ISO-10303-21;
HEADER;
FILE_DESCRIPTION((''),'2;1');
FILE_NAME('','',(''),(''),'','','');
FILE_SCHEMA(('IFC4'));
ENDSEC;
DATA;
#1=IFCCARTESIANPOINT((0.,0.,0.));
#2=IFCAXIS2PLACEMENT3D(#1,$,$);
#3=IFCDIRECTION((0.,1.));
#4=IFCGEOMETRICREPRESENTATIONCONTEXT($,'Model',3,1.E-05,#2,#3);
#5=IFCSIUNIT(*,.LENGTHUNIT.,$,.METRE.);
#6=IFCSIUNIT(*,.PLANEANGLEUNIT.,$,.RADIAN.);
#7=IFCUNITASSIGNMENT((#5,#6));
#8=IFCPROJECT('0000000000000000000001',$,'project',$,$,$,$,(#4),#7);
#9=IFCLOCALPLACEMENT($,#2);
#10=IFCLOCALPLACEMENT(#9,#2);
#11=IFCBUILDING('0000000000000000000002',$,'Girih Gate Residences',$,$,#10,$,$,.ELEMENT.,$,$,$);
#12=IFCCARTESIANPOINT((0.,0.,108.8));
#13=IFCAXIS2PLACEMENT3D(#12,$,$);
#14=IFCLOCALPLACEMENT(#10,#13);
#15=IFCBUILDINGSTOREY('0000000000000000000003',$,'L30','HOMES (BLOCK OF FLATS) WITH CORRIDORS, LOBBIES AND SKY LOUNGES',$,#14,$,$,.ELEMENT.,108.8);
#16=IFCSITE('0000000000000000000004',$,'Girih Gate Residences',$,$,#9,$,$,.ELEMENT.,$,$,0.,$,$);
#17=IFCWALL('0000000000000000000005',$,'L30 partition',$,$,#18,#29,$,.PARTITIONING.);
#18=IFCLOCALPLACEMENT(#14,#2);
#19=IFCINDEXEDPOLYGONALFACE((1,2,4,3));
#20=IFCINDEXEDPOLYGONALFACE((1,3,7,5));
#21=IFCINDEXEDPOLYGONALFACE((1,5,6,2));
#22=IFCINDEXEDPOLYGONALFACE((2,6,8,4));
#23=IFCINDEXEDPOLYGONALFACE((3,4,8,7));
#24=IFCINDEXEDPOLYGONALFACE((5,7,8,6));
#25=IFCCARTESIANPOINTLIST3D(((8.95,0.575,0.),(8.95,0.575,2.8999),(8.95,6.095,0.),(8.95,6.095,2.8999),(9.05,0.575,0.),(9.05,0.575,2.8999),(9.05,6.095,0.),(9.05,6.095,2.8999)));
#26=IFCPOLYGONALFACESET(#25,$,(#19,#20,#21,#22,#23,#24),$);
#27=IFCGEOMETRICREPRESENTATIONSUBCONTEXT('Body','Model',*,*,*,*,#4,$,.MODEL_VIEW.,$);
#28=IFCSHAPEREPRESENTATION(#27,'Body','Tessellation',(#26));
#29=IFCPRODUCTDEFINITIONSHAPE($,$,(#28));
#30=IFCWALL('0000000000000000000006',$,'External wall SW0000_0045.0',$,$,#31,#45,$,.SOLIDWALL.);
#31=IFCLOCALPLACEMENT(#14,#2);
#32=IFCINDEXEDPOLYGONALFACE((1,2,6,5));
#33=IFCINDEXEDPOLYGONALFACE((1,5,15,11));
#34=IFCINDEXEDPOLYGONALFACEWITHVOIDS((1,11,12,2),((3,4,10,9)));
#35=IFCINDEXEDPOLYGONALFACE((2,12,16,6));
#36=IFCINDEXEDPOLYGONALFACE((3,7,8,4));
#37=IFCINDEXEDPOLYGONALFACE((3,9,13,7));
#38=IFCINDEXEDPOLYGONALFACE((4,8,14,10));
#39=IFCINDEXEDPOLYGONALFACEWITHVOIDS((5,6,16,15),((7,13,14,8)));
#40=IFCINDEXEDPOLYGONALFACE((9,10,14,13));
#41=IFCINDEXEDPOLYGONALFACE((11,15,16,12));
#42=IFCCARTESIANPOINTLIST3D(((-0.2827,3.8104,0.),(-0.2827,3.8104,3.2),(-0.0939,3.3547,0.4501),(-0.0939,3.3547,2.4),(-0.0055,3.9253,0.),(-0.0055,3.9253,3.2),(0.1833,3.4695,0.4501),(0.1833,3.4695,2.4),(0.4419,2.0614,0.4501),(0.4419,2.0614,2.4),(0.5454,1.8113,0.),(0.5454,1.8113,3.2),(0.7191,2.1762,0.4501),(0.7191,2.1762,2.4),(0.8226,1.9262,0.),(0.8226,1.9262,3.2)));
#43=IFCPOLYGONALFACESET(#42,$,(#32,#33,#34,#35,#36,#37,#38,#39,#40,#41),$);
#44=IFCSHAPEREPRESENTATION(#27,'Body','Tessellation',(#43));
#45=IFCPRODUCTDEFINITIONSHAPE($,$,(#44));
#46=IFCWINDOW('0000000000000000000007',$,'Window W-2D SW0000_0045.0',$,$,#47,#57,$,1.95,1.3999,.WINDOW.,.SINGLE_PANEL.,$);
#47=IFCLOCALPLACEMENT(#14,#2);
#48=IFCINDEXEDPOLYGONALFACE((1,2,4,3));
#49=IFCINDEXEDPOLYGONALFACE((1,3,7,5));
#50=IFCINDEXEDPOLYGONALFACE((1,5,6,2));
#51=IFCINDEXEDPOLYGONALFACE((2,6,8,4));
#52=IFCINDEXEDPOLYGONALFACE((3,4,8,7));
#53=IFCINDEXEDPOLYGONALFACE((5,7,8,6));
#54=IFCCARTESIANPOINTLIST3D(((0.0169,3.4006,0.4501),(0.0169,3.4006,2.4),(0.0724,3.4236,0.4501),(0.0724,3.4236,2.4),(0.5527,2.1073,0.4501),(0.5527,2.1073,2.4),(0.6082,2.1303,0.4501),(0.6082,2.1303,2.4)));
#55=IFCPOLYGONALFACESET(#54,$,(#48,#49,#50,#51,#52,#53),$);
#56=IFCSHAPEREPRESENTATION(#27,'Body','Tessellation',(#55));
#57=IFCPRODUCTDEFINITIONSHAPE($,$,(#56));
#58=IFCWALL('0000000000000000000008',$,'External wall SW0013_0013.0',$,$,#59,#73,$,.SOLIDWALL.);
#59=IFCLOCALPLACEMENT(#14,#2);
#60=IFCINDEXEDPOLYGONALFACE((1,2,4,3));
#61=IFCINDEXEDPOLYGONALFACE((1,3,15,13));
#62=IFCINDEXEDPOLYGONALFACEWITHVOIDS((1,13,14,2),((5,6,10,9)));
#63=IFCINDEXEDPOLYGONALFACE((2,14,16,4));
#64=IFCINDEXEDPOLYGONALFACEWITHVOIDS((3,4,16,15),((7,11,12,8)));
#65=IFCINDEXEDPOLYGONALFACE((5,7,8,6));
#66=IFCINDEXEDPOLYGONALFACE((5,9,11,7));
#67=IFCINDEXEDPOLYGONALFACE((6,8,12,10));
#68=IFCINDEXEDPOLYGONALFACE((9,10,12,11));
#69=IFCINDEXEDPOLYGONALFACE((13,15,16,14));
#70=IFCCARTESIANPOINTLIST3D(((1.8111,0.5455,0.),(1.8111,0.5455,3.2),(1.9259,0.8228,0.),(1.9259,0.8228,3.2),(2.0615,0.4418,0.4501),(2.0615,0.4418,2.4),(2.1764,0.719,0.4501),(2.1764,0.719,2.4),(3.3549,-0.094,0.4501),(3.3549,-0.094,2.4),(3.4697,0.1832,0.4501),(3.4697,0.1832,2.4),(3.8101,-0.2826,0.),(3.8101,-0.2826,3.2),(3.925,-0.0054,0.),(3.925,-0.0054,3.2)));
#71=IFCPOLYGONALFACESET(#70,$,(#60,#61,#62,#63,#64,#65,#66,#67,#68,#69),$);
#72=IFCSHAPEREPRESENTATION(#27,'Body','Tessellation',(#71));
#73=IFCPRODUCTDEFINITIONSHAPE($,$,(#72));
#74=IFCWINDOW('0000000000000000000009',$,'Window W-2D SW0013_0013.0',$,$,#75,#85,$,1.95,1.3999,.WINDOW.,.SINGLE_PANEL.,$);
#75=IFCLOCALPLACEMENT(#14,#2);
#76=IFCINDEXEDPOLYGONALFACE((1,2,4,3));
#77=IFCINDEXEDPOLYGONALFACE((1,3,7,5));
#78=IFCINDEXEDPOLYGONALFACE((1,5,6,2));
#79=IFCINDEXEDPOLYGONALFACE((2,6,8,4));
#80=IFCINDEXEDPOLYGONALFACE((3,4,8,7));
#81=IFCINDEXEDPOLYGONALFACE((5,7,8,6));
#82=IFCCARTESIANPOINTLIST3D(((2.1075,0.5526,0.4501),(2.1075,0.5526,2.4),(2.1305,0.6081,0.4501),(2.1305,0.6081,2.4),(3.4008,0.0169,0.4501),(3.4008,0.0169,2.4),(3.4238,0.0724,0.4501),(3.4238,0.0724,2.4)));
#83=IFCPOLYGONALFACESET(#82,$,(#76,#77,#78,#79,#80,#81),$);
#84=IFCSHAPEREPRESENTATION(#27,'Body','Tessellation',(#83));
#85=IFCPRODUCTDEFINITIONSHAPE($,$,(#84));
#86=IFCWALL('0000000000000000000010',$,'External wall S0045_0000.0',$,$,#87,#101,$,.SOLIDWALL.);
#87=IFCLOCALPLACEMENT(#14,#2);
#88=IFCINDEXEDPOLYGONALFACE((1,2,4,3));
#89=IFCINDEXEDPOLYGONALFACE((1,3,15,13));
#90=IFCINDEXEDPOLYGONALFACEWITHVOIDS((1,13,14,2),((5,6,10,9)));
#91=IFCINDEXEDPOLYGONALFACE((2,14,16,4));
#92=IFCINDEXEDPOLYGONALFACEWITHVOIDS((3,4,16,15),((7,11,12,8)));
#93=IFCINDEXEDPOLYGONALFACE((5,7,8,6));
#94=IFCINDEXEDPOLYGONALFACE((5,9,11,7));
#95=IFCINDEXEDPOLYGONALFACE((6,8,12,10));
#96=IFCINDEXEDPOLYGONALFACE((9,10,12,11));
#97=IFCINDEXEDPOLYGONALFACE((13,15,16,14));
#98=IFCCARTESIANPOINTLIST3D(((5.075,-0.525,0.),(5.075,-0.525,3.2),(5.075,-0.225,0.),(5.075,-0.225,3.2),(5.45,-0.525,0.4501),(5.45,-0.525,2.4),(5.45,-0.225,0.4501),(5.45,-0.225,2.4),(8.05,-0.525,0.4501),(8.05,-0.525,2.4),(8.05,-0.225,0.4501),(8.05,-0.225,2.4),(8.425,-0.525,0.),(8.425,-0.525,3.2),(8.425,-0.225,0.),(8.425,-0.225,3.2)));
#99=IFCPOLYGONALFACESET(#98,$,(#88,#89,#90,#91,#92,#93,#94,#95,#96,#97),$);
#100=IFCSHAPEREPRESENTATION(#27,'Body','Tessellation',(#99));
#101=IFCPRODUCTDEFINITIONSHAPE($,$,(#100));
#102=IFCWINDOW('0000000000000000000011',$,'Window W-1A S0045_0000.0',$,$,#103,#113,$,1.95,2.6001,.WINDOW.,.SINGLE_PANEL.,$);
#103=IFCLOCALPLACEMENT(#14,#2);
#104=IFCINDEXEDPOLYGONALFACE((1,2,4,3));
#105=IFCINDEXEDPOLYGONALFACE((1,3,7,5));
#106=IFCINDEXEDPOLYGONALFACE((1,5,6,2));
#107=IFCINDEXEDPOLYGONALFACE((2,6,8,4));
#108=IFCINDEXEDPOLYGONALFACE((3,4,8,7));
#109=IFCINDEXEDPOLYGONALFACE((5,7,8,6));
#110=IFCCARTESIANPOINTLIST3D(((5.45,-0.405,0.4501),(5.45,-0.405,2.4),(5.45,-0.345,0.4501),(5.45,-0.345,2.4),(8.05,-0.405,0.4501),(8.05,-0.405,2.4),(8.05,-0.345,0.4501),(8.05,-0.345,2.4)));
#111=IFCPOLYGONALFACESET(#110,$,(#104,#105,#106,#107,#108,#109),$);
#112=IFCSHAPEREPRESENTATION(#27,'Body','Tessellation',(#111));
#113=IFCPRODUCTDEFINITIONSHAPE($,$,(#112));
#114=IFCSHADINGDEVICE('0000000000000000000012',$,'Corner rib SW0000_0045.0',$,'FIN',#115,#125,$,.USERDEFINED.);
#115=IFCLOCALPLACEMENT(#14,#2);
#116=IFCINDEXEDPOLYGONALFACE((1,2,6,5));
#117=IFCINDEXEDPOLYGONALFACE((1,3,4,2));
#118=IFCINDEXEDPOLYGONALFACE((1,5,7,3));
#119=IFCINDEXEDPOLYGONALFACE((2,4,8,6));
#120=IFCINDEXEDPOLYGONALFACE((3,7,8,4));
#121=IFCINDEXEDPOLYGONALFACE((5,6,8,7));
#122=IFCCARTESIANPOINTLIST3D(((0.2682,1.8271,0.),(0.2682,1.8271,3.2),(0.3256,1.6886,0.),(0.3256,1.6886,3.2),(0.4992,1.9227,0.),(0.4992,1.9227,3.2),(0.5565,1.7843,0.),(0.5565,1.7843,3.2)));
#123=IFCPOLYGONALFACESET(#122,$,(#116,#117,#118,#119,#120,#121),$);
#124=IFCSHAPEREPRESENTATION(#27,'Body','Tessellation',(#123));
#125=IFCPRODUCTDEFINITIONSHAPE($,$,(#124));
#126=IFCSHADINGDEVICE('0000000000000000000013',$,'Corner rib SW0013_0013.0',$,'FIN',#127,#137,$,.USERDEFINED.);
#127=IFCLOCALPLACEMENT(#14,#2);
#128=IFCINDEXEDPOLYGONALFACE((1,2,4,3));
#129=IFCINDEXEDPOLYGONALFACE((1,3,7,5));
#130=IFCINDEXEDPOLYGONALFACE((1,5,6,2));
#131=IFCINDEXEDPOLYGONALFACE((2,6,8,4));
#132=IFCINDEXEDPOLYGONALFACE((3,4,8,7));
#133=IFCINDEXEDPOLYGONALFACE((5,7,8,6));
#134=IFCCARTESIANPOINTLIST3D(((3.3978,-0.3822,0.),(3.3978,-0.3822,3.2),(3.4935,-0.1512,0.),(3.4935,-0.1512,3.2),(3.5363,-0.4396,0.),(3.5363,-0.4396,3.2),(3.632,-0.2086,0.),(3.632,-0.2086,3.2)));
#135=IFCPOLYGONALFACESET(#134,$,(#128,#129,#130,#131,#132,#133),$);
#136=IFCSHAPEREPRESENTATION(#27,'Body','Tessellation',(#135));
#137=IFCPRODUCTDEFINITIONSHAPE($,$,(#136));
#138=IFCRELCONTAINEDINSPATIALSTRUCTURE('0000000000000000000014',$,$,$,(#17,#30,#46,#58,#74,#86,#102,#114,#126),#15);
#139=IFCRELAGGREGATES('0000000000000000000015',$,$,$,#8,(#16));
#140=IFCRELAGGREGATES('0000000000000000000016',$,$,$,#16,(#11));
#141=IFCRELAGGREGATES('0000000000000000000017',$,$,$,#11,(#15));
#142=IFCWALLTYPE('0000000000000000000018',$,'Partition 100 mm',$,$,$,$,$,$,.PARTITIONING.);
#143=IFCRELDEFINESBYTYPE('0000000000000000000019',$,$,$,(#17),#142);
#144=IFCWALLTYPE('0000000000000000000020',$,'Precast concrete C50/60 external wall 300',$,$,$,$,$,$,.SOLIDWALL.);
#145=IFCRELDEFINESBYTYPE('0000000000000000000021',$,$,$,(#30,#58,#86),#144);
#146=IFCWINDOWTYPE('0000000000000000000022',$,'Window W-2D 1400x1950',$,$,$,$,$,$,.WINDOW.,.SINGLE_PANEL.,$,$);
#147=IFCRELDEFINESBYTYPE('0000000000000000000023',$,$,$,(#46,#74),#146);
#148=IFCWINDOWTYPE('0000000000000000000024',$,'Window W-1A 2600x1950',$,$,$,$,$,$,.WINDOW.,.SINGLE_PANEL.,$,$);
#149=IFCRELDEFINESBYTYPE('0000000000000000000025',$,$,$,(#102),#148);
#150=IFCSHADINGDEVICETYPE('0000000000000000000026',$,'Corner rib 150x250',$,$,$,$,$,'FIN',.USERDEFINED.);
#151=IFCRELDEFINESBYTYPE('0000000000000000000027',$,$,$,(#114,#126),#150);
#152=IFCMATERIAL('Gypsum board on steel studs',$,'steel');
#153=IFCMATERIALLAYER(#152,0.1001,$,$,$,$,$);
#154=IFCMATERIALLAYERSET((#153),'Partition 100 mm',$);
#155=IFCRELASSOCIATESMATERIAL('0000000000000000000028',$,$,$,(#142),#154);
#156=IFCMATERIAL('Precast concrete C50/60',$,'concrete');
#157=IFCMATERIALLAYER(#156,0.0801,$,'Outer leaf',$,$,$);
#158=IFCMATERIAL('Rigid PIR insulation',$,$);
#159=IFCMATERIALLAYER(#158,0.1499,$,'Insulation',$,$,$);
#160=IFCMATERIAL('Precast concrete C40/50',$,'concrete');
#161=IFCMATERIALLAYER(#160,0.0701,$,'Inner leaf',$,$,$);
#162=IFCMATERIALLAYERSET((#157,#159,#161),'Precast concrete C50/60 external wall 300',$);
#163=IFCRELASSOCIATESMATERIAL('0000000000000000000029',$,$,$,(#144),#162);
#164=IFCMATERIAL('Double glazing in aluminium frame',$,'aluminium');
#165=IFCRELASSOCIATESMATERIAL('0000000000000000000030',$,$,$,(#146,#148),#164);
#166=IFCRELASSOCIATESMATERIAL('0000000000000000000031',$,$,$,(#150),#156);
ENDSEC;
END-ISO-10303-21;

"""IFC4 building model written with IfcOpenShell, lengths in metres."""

from ifc_helpers import new_model, si_unit, direction, frame, frame_2d, origin, origin_2d, place, context, subcontext, project, spatial, rectangle, extrude, material, layer, layer_set, type_object, element, fill, save


model = new_model("IFC4")

# Units and contexts
model_context = context("Model", 3, precision=1e-05, world=origin(), true_north=direction((0.0, 1.0)))
body_context = subcontext(model_context, "Body", "Model", "MODEL_VIEW")
ifc_project = project(units=[si_unit("LENGTHUNIT", "METRE"), si_unit("PLANEANGLEUNIT", "RADIAN")], contexts=[model_context])

# Site, building, storey
site_placement = place(None, origin())
site = spatial("IfcSite", under=ifc_project, at=site_placement, Name="Girih Gate Residences", CompositionType="ELEMENT", RefElevation=0.0)
building_placement = place(site_placement, origin())
building = spatial("IfcBuilding", under=site, at=building_placement, Name="Girih Gate Residences", CompositionType="ELEMENT")
storey_placement = place(building_placement, frame((0.0, 0.0, 108.8)))
storey = spatial("IfcBuildingStorey", under=building, at=storey_placement, Name="L30", Description="HOMES (BLOCK OF FLATS) WITH CORRIDORS, LOBBIES AND SKY LOUNGES", CompositionType="ELEMENT", Elevation=108.8)

# Wall
ifc_material_1 = material(Name="Gypsum board on steel studs", Category="steel")
ifc_layer_1 = layer(ifc_material_1, 0.1001)
ifc_layer_set_1 = layer_set([ifc_layer_1], Name="Partition 100 mm")
wall_type_1 = type_object("IfcWallType", Name="Partition 100 mm", PredefinedType="PARTITIONING", material=ifc_layer_set_1)
wall_1_placement = place(storey_placement, frame((9.0, 0.575, 0.0), z_axis=(0.0, 0.0, 1.0), x_axis=(0.0, 1.0, 0.0)))
element("IfcWall", 1, at=wall_1_placement, inside=storey, type_object=wall_type_1, Name="L30 partition", PredefinedType="PARTITIONING", context=body_context, shape_type="SweptSolid", body=[
    extrude(rectangle(XDim=5.52, YDim=0.1001, at=frame_2d((2.76, 0.0))), origin(), (0.0, 0.0, 1.0), 2.8999),
])

# Walls, openings, windows
ifc_material_2 = material(Name="Precast concrete C50/60", Category="concrete")
ifc_layer_2 = layer(ifc_material_2, 0.0801, Name="Outer leaf")
ifc_material_3 = material(Name="Rigid PIR insulation")
ifc_layer_3 = layer(ifc_material_3, 0.1499, Name="Insulation")
ifc_material_4 = material(Name="Precast concrete C40/50", Category="concrete")
ifc_layer_4 = layer(ifc_material_4, 0.0701, Name="Inner leaf")
ifc_layer_set_2 = layer_set([ifc_layer_2, ifc_layer_3, ifc_layer_4], Name="Precast concrete C50/60 external wall 300")
wall_type_2 = type_object("IfcWallType", Name="Precast concrete C50/60 external wall 300", PredefinedType="SOLIDWALL", material=ifc_layer_set_2)
wall_2_placement = place(storey_placement, frame((0.6841, 1.8687, 0.0), z_axis=(0.0, 0.0, 1.0), x_axis=(-0.382724, 0.923863, 0.0)))
wall_2 = element("IfcWall", 2, at=wall_2_placement, inside=storey, type_object=wall_type_2, Name="External wall SW0000_0045.0", PredefinedType="SOLIDWALL", context=body_context, shape_type="SweptSolid", body=[
    extrude(rectangle(XDim=2.1638, YDim=0.3, at=frame_2d((1.082, 0.0))), origin(), (0.0, 0.0, 1.0), 3.2),
])
opening_1_placement = place(wall_2_placement, frame((0.2708, 0.0, 0.45)))
opening_1 = element("IfcOpeningElement", 3, at=opening_1_placement, cuts=wall_2, PredefinedType="OPENING", context=body_context, shape_type="SweptSolid", body=[
    extrude(rectangle(XDim=1.3999, YDim=1.95, at=frame_2d((0.7, 0.9751))), frame((0.0, 0.1599, 0.0), z_axis=(0.0, -1.0, 0.0), x_axis=(1.0, 0.0, 0.0)), (0.0, 0.0, 1.0), 0.3201),
])
ifc_material_5 = material(Name="Double glazing in aluminium frame", Category="aluminium")
window_type_1 = type_object("IfcWindowType", Name="Window W-2D 1400x1950", PartitioningType="SINGLE_PANEL", PredefinedType="WINDOW", material=ifc_material_5)
window_1_placement = place(opening_1_placement, origin())
window_1 = element("IfcWindow", 4, at=window_1_placement, inside=storey, type_object=window_type_1, Name="Window W-2D SW0000_0045.0", OverallHeight=1.95, OverallWidth=1.3999, PartitioningType="SINGLE_PANEL", PredefinedType="WINDOW", context=body_context, shape_type="SweptSolid", body=[
    extrude(rectangle(XDim=1.3999, YDim=1.95, at=frame_2d((0.7, 0.9751))), frame((0.0, 0.03, 0.0), z_axis=(0.0, -1.0, 0.0), x_axis=(1.0, 0.0, 0.0)), (0.0, 0.0, 1.0), 0.0601),
])
fill(opening_1, window_1)
wall_3_placement = place(storey_placement, frame((3.8677, -0.144, 0.0), z_axis=(0.0, 0.0, 1.0), x_axis=(-0.923863, 0.382724, 0.0)))
wall_3 = element("IfcWall", 5, at=wall_3_placement, inside=storey, type_object=wall_type_2, Name="External wall SW0013_0013.0", PredefinedType="SOLIDWALL", context=body_context, shape_type="SweptSolid", body=[
    extrude(rectangle(XDim=2.1638, YDim=0.3, at=frame_2d((1.082, 0.0))), origin(), (0.0, 0.0, 1.0), 3.2),
])
opening_2_placement = place(wall_3_placement, frame((0.4929, 0.0, 0.45)))
opening_2 = element("IfcOpeningElement", 6, at=opening_2_placement, cuts=wall_3, PredefinedType="OPENING", context=body_context, shape_type="SweptSolid", body=[
    extrude(rectangle(XDim=1.3999, YDim=1.95, at=frame_2d((0.7, 0.9751))), frame((0.0, 0.1599, 0.0), z_axis=(0.0, -1.0, 0.0), x_axis=(1.0, 0.0, 0.0)), (0.0, 0.0, 1.0), 0.3201),
])
window_2_placement = place(opening_2_placement, origin())
window_2 = element("IfcWindow", 7, at=window_2_placement, inside=storey, type_object=window_type_1, Name="Window W-2D SW0013_0013.0", OverallHeight=1.95, OverallWidth=1.3999, PartitioningType="SINGLE_PANEL", PredefinedType="WINDOW", context=body_context, shape_type="SweptSolid", body=[
    extrude(rectangle(XDim=1.3999, YDim=1.95, at=frame_2d((0.7, 0.9751))), frame((0.0, 0.03, 0.0), z_axis=(0.0, -1.0, 0.0), x_axis=(1.0, 0.0, 0.0)), (0.0, 0.0, 1.0), 0.0601),
])
fill(opening_2, window_2)
wall_4_placement = place(storey_placement, frame((8.425, -0.375, 0.0), z_axis=(0.0, 0.0, 1.0), x_axis=(-1.0, 0.0, 0.0)))
wall_4 = element("IfcWall", 8, at=wall_4_placement, inside=storey, type_object=wall_type_2, Name="External wall S0045_0000.0", PredefinedType="SOLIDWALL", context=body_context, shape_type="SweptSolid", body=[
    extrude(rectangle(XDim=3.3501, YDim=0.3, at=frame_2d((1.675, 0.0))), origin(), (0.0, 0.0, 1.0), 3.2),
])
opening_3_placement = place(wall_4_placement, frame((0.375, 0.0, 0.45)))
opening_3 = element("IfcOpeningElement", 9, at=opening_3_placement, cuts=wall_4, PredefinedType="OPENING", context=body_context, shape_type="SweptSolid", body=[
    extrude(rectangle(XDim=2.6001, YDim=1.95, at=frame_2d((1.3, 0.9751))), frame((0.0, 0.1599, 0.0), z_axis=(0.0, -1.0, 0.0), x_axis=(1.0, 0.0, 0.0)), (0.0, 0.0, 1.0), 0.3201),
])
window_type_2 = type_object("IfcWindowType", Name="Window W-1A 2600x1950", PartitioningType="SINGLE_PANEL", PredefinedType="WINDOW", material=ifc_material_5)
window_3_placement = place(opening_3_placement, origin())
window_3 = element("IfcWindow", 10, at=window_3_placement, inside=storey, type_object=window_type_2, Name="Window W-1A S0045_0000.0", OverallHeight=1.95, OverallWidth=2.6001, PartitioningType="SINGLE_PANEL", PredefinedType="WINDOW", context=body_context, shape_type="SweptSolid", body=[
    extrude(rectangle(XDim=2.6001, YDim=1.95, at=frame_2d((1.3, 0.9751))), frame((0.0, 0.03, 0.0), z_axis=(0.0, -1.0, 0.0), x_axis=(1.0, 0.0, 0.0)), (0.0, 0.0, 1.0), 0.0601),
])
fill(opening_3, window_3)

# Shading devices
shading_device_type = type_object("IfcShadingDeviceType", Name="Corner rib 150x250", ElementType="FIN", PredefinedType="USERDEFINED", material=ifc_material_2)
for number, where, z_axis, x_axis, name in (
    (11, (0.4124, 1.8057, 0.0), (0.0, 0.0, 1.0), (0.382683, -0.92388, 0.0), "Corner rib SW0000_0045.0"),
    (12, (3.5149, -0.2954, 0.0), (0.0, 0.0, 1.0), (0.92388, -0.382683, 0.0), "Corner rib SW0013_0013.0"),
):
    element("IfcShadingDevice", number, at=place(storey_placement, frame(where, z_axis=z_axis, x_axis=x_axis)), inside=storey, type_object=shading_device_type, Name=name, ObjectType="FIN", PredefinedType="USERDEFINED", context=body_context, shape_type="SweptSolid", body=[
        extrude(rectangle(XDim=0.1499, YDim=0.25, at=origin_2d()), origin(), (0.0, 0.0, 1.0), 3.2),
    ])

save(model, "model.ifc")
